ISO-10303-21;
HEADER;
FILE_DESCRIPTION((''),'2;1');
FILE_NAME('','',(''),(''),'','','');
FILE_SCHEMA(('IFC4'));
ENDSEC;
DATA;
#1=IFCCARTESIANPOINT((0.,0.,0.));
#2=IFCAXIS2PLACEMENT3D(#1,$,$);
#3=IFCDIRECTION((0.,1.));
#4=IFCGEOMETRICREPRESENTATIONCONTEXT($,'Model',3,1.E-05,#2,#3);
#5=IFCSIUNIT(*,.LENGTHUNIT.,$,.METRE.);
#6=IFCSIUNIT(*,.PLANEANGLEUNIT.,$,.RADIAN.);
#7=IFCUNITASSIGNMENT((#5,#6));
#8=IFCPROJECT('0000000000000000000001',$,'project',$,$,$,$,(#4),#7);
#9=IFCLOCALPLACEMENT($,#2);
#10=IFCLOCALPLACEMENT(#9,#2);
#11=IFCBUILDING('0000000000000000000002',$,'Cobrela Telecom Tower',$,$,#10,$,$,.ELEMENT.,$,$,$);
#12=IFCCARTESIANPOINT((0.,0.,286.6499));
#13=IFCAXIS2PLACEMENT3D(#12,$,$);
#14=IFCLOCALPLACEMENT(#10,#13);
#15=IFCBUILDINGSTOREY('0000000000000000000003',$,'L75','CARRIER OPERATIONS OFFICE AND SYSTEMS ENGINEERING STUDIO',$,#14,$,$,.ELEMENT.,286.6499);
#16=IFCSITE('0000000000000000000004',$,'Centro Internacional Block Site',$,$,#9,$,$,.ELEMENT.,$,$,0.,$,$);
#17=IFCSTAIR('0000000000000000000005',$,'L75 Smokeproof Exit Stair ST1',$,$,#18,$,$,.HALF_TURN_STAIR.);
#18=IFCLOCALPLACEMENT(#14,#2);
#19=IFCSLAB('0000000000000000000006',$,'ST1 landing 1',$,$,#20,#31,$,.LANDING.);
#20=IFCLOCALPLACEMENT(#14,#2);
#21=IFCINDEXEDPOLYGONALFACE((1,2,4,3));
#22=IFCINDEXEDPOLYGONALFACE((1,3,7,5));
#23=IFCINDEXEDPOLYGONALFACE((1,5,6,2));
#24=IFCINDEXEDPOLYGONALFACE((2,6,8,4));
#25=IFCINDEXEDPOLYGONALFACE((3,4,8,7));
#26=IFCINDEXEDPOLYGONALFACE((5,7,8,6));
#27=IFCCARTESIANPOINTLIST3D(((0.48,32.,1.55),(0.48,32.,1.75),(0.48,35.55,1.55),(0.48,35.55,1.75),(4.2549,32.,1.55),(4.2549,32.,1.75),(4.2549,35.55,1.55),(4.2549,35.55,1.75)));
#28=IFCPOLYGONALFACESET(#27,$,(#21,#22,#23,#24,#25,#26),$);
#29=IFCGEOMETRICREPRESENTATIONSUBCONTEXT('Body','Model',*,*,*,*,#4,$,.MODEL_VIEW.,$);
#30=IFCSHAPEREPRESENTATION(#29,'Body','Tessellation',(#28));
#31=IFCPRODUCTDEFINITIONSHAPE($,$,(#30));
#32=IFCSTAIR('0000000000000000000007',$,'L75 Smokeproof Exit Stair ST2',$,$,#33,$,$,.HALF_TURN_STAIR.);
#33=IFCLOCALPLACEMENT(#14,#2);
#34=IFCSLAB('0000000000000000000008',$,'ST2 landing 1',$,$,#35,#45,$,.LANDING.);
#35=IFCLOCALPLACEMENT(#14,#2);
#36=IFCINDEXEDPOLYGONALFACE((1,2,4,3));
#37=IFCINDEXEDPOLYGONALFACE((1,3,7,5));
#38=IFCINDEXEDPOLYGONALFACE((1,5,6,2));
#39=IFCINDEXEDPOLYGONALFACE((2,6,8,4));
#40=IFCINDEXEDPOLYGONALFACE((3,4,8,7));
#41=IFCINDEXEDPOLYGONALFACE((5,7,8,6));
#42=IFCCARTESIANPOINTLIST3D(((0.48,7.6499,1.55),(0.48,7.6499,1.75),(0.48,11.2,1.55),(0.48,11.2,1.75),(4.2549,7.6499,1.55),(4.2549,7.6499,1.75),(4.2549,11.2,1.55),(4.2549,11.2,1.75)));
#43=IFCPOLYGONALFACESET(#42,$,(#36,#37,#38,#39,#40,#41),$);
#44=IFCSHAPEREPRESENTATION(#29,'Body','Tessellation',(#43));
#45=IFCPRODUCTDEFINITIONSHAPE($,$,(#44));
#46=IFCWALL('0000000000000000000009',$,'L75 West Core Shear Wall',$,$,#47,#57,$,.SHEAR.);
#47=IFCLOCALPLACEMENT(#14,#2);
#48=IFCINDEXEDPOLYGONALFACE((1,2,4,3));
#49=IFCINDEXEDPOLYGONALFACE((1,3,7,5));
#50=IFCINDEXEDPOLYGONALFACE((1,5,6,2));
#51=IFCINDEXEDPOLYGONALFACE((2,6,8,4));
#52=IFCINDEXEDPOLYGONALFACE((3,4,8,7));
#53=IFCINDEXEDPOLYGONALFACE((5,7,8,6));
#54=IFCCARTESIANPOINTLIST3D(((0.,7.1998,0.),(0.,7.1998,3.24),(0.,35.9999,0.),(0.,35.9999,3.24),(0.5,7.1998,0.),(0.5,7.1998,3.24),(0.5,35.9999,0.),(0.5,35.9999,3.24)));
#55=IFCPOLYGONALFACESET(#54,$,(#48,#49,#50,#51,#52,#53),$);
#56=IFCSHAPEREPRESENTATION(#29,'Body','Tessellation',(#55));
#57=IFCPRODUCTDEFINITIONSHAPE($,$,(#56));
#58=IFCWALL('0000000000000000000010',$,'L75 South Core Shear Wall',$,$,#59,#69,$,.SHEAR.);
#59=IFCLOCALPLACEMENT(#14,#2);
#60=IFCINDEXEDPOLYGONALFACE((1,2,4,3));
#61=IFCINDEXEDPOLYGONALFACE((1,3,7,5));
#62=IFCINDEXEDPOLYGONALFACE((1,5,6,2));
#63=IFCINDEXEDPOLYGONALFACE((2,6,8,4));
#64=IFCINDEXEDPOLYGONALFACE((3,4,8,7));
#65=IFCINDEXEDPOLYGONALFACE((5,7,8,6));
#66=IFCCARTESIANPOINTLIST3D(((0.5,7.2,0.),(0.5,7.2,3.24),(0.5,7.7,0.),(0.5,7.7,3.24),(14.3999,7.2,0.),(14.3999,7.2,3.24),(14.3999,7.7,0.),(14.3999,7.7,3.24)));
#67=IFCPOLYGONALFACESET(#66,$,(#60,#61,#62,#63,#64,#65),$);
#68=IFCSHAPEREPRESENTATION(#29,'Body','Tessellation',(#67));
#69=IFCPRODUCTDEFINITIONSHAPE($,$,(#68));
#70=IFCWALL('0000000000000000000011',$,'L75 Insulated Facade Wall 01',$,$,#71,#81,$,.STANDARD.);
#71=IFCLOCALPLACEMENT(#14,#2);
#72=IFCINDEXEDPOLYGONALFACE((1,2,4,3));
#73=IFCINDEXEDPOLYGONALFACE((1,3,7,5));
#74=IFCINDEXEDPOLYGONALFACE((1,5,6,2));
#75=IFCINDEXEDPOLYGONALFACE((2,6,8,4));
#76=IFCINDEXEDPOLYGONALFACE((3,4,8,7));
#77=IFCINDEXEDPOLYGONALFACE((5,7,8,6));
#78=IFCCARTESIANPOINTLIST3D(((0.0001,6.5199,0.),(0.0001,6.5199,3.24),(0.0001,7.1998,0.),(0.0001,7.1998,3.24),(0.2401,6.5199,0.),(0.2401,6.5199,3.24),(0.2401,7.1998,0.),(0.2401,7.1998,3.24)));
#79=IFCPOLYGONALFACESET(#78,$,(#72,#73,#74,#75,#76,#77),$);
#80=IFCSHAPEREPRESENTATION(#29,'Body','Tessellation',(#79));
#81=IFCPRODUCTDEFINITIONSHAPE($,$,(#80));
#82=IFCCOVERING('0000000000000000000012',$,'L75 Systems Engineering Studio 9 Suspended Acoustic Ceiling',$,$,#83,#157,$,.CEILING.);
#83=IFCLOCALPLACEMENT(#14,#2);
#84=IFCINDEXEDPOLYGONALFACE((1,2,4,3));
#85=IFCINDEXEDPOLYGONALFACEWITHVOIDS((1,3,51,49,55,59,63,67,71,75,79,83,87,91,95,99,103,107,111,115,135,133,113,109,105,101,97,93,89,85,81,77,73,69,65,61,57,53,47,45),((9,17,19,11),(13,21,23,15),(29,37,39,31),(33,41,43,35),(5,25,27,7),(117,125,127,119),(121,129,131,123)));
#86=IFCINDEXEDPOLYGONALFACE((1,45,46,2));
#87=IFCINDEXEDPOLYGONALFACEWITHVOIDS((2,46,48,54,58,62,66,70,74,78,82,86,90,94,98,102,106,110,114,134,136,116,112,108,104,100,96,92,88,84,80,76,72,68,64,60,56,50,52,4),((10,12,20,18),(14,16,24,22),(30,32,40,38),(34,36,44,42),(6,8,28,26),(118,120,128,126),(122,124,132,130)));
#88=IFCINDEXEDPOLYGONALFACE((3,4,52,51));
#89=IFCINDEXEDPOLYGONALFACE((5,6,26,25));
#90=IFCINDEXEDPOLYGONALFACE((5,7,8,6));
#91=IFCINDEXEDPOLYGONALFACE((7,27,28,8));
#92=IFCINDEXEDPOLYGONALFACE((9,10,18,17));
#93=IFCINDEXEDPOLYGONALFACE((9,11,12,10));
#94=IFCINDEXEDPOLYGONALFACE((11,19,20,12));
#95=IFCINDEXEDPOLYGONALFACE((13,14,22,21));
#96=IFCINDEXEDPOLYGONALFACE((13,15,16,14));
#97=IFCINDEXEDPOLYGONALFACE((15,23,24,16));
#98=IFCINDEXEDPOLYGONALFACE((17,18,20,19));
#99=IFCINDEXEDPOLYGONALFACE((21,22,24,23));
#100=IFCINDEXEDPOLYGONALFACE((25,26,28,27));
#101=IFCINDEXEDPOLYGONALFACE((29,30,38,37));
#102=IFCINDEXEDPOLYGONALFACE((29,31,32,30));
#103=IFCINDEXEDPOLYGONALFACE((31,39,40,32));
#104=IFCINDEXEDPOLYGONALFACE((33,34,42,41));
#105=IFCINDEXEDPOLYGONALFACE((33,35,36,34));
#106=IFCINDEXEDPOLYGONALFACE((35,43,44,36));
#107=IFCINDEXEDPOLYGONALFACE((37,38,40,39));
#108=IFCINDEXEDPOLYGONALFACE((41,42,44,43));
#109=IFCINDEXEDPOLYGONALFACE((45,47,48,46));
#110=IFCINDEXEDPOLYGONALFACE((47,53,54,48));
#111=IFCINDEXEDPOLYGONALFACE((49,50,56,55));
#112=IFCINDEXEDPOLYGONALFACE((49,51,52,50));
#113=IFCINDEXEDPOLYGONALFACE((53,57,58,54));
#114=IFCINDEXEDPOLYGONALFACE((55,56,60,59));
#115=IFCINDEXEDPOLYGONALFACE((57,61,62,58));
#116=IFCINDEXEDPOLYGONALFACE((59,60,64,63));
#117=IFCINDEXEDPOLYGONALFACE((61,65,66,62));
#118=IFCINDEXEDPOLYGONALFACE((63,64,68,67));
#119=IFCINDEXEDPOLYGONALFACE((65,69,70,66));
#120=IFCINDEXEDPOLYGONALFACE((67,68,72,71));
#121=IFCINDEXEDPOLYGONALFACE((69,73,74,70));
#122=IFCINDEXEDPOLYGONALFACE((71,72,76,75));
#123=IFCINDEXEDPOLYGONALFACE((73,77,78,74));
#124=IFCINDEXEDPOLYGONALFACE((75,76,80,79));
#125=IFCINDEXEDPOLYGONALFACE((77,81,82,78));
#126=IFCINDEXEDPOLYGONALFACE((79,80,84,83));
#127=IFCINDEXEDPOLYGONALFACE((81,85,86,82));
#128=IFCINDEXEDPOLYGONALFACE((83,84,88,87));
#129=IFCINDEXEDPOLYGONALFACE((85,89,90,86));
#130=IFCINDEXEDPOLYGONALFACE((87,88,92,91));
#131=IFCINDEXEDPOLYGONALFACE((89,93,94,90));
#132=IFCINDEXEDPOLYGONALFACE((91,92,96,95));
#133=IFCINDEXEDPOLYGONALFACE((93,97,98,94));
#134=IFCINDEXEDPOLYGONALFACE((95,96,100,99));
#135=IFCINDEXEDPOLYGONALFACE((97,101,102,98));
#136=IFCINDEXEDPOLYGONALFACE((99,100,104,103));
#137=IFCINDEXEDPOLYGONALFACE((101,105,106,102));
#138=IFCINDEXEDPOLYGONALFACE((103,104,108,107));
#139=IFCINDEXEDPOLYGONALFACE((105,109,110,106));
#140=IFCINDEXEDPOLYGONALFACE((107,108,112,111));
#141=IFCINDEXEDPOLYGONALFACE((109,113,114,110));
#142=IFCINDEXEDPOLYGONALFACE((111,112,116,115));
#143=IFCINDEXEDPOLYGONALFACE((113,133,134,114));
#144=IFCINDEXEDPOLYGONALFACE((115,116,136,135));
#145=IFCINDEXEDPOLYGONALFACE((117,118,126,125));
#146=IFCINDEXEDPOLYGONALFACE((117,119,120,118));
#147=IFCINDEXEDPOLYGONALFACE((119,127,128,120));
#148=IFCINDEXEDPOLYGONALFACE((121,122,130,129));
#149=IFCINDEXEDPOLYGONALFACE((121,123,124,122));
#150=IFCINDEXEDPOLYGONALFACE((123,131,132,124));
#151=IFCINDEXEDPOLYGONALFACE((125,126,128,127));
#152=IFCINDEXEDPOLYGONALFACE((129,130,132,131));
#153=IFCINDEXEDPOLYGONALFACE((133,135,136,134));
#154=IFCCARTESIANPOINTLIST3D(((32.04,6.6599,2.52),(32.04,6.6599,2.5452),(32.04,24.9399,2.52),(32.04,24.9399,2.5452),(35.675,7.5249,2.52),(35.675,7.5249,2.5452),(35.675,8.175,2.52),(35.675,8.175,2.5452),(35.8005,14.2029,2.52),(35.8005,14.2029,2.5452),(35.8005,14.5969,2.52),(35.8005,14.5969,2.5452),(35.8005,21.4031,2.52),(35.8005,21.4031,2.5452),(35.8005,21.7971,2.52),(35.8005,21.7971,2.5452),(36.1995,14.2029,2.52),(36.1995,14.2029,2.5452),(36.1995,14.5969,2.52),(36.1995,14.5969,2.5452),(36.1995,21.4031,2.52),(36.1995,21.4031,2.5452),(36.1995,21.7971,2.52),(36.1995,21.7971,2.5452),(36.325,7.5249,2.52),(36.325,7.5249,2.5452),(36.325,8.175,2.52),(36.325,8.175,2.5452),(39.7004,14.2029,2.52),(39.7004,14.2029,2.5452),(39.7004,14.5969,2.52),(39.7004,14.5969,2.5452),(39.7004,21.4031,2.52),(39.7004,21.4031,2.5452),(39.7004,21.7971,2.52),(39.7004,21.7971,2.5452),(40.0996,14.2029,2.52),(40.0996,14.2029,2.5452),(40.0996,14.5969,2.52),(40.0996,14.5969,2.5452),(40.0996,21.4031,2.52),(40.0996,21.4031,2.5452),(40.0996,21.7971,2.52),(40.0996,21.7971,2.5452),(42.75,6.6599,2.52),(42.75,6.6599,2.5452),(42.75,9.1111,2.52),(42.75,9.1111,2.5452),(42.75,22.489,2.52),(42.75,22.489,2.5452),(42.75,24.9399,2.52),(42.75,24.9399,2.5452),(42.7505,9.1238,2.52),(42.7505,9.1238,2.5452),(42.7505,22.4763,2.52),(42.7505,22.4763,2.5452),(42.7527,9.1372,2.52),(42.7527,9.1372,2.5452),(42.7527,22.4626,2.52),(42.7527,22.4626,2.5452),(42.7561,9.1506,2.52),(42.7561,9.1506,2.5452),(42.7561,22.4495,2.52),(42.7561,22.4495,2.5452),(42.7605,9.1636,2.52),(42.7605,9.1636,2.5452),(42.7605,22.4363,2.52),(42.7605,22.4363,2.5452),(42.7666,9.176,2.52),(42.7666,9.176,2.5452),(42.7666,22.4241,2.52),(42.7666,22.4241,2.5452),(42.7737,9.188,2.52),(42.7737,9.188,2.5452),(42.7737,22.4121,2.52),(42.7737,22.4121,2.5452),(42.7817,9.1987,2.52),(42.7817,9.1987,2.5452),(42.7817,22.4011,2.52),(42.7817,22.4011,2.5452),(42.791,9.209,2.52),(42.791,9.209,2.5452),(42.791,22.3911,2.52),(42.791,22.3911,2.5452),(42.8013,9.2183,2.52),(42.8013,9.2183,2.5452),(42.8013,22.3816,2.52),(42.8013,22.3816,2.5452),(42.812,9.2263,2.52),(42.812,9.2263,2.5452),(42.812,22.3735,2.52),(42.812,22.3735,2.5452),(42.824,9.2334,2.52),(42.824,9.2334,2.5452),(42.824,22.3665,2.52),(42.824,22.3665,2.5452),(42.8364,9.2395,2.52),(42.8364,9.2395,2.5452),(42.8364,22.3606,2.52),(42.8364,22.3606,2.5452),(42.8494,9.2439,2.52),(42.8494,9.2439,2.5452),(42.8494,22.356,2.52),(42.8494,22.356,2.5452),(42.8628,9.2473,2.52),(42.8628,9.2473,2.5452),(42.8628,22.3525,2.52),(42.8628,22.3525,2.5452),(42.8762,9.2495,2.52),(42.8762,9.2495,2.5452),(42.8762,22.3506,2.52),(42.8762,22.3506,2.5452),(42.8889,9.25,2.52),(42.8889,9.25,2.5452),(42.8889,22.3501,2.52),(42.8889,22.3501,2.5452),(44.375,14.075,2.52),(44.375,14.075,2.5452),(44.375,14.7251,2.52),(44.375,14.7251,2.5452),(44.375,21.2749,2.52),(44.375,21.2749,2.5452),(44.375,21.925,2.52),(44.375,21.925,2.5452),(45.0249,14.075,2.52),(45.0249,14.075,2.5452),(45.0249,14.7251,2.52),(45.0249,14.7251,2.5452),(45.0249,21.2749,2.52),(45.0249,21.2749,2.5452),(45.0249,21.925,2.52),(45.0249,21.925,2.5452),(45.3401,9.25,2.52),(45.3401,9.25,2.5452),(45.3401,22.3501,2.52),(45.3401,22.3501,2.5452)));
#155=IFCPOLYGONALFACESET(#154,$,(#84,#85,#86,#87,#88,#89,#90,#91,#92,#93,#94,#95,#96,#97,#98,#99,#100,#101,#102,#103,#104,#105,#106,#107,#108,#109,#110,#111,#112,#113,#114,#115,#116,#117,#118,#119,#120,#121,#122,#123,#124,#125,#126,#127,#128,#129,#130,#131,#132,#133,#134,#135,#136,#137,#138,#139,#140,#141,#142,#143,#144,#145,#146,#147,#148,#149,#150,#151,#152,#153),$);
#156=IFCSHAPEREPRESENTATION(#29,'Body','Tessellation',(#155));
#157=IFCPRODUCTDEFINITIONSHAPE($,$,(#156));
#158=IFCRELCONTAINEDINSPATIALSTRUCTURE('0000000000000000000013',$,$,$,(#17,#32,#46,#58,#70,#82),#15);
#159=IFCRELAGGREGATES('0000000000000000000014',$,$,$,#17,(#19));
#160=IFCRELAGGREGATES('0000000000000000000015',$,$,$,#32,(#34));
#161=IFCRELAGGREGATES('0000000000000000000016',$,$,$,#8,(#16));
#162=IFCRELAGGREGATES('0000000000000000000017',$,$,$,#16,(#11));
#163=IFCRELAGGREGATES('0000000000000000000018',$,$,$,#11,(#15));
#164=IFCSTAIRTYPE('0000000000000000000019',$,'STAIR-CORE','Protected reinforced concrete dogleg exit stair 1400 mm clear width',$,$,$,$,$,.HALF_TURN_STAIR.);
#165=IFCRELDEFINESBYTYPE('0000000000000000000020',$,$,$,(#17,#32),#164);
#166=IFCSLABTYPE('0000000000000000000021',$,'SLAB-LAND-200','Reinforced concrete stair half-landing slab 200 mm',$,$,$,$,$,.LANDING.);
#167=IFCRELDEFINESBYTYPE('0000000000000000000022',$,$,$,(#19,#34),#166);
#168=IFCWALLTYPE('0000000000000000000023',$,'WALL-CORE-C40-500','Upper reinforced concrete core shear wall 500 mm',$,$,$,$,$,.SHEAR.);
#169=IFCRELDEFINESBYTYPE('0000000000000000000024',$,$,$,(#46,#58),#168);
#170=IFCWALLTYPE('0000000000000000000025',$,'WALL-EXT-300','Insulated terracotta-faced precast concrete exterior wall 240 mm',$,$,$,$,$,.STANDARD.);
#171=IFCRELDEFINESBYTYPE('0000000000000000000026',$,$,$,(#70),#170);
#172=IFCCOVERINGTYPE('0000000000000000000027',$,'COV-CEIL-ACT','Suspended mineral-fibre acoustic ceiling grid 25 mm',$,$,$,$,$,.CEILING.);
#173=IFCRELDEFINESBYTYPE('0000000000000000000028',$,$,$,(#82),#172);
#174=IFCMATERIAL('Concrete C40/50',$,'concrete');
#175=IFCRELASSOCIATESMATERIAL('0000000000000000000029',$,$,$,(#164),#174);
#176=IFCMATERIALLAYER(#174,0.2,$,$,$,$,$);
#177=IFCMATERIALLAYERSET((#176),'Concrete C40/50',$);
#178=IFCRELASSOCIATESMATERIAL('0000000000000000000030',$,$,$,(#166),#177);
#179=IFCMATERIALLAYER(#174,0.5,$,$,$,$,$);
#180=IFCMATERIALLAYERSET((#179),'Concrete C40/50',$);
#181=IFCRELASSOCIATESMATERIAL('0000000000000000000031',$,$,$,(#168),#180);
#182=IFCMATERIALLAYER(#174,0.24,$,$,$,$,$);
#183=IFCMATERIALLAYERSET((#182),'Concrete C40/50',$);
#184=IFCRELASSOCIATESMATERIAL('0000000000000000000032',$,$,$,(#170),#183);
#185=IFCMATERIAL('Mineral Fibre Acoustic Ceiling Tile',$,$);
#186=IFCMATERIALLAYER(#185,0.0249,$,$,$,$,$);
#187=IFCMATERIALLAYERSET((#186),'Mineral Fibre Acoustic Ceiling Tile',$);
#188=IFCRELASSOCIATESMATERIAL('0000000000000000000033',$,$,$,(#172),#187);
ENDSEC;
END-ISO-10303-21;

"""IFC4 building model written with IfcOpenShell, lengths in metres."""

from ifc_helpers import new_model, si_unit, direction, frame, frame_2d, origin, place, context, subcontext, project, spatial, polyline, rectangle, outline, extrude, material, layer, layer_set, type_object, element, aggregate, save


model = new_model("IFC4")

# Units and contexts
model_context = context("Model", 3, precision=1e-05, world=origin(), true_north=direction((0.0, 1.0)))
body_context = subcontext(model_context, "Body", "Model", "MODEL_VIEW")
ifc_project = project(units=[si_unit("LENGTHUNIT", "METRE"), si_unit("PLANEANGLEUNIT", "RADIAN")], contexts=[model_context])

# Site, building, storey
site_placement = place(None, origin())
site = spatial("IfcSite", under=ifc_project, at=site_placement, Name="Centro Internacional Block Site", CompositionType="ELEMENT", RefElevation=0.0)
building_placement = place(site_placement, origin())
building = spatial("IfcBuilding", under=site, at=building_placement, Name="Cobrela Telecom Tower", CompositionType="ELEMENT")
storey_placement = place(building_placement, frame((0.0, 0.0, 286.6499)))
storey = spatial("IfcBuildingStorey", under=building, at=storey_placement, Name="L75", Description="CARRIER OPERATIONS OFFICE AND SYSTEMS ENGINEERING STUDIO", CompositionType="ELEMENT", Elevation=286.6499)

# Shared definitions
ifc_material_1 = material(Name="Concrete C40/50", Category="concrete")

# Stairs, slabs
stair_type = type_object("IfcStairType", Name="STAIR-CORE", Description="Protected reinforced concrete dogleg exit stair 1400 mm clear width", PredefinedType="HALF_TURN_STAIR", material=ifc_material_1)
stair_1_placement = place(storey_placement, origin())
stair_1 = element("IfcStair", 1, at=stair_1_placement, inside=storey, type_object=stair_type, Name="L75 Smokeproof Exit Stair ST1", PredefinedType="HALF_TURN_STAIR")
ifc_layer_1 = layer(ifc_material_1, 0.2)
ifc_layer_set_1 = layer_set([ifc_layer_1], Name="Concrete C40/50")
slab_type_1 = type_object("IfcSlabType", Name="SLAB-LAND-200", Description="Reinforced concrete stair half-landing slab 200 mm", PredefinedType="LANDING", material=ifc_layer_set_1)
slab_1_placement = place(storey_placement, frame((0.0, 0.0, 1.55)))
slab_1 = element("IfcSlab", 2, at=slab_1_placement, type_object=slab_type_1, Name="ST1 landing 1", PredefinedType="LANDING", context=body_context, shape_type="SweptSolid", body=[
    extrude(outline(polyline([(4.2549, 35.55), (0.48, 35.55), (0.48, 32.0), (4.2549, 32.0), (4.2549, 35.55)])), origin(), (0.0, 0.0, 1.0), 0.2),
])
aggregate(stair_1, [slab_1])
stair_2_placement = place(storey_placement, origin())
stair_2 = element("IfcStair", 3, at=stair_2_placement, inside=storey, type_object=stair_type, Name="L75 Smokeproof Exit Stair ST2", PredefinedType="HALF_TURN_STAIR")
slab_2_placement = place(storey_placement, frame((0.0, 0.0, 1.55)))
slab_2 = element("IfcSlab", 4, at=slab_2_placement, type_object=slab_type_1, Name="ST2 landing 1", PredefinedType="LANDING", context=body_context, shape_type="SweptSolid", body=[
    extrude(outline(polyline([(4.2549, 11.2), (0.48, 11.2), (0.48, 7.6499), (4.2549, 7.6499), (4.2549, 11.2)])), origin(), (0.0, 0.0, 1.0), 0.2),
])
aggregate(stair_2, [slab_2])

# Walls
ifc_layer_2 = layer(ifc_material_1, 0.5)
ifc_layer_set_2 = layer_set([ifc_layer_2], Name="Concrete C40/50")
wall_type_1 = type_object("IfcWallType", Name="WALL-CORE-C40-500", Description="Upper reinforced concrete core shear wall 500 mm", PredefinedType="SHEAR", material=ifc_layer_set_2)
wall_1_placement = place(storey_placement, frame((0.25, 7.2, 0.0), z_axis=(0.0, 0.0, 1.0), x_axis=(0.0, 1.0, 0.0)))
element("IfcWall", 5, at=wall_1_placement, inside=storey, type_object=wall_type_1, Name="L75 West Core Shear Wall", PredefinedType="SHEAR", context=body_context, shape_type="SweptSolid", body=[
    extrude(rectangle(XDim=28.8, YDim=0.5, at=frame_2d((14.3999, 0.0))), origin(), (0.0, 0.0, 1.0), 3.24),
])
wall_2_placement = place(storey_placement, frame((0.5, 7.45, 0.0), z_axis=(0.0, 0.0, 1.0), x_axis=(1.0, 0.0, 0.0)))
element("IfcWall", 6, at=wall_2_placement, inside=storey, type_object=wall_type_1, Name="L75 South Core Shear Wall", PredefinedType="SHEAR", context=body_context, shape_type="SweptSolid", body=[
    extrude(rectangle(XDim=13.8999, YDim=0.5, at=frame_2d((6.95, 0.0))), origin(), (0.0, 0.0, 1.0), 3.24),
])
ifc_layer_3 = layer(ifc_material_1, 0.24)
ifc_layer_set_3 = layer_set([ifc_layer_3], Name="Concrete C40/50")
wall_type_2 = type_object("IfcWallType", Name="WALL-EXT-300", Description="Insulated terracotta-faced precast concrete exterior wall 240 mm", PredefinedType="STANDARD", material=ifc_layer_set_3)
wall_3_placement = place(storey_placement, frame((0.1201, 6.52, 0.0), z_axis=(0.0, 0.0, 1.0), x_axis=(0.0, 1.0, 0.0)))
element("IfcWall", 7, at=wall_3_placement, inside=storey, type_object=wall_type_2, Name="L75 Insulated Facade Wall 01", PredefinedType="STANDARD", context=body_context, shape_type="SweptSolid", body=[
    extrude(rectangle(XDim=0.6799, YDim=0.24, at=frame_2d((0.3398, 0.0))), origin(), (0.0, 0.0, 1.0), 3.24),
])

# Covering
ifc_material_2 = material(Name="Mineral Fibre Acoustic Ceiling Tile")
ifc_layer_4 = layer(ifc_material_2, 0.0249)
ifc_layer_set_4 = layer_set([ifc_layer_4], Name="Mineral Fibre Acoustic Ceiling Tile")
covering_type_1 = type_object("IfcCoveringType", Name="COV-CEIL-ACT", Description="Suspended mineral-fibre acoustic ceiling grid 25 mm", PredefinedType="CEILING", material=ifc_layer_set_4)
covering_1_placement = place(storey_placement, frame((0.0, 0.0, 2.52)))
element("IfcCovering", 8, at=covering_1_placement, inside=storey, type_object=covering_type_1, Name="L75 Systems Engineering Studio 9 Suspended Acoustic Ceiling", PredefinedType="CEILING", context=body_context, shape_type="SweptSolid", body=[
    extrude(outline(polyline([(42.8628, 9.2473), (42.8494, 9.2439), (42.8364, 9.2395), (42.824, 9.2334), (42.812, 9.2263), (42.8013, 9.2183), (42.791, 9.209), (42.7817, 9.1987), (42.7737, 9.188), (42.7666, 9.176), (42.7605, 9.1636), (42.7561, 9.1506), (42.7527, 9.1372), (42.7505, 9.1238), (42.75, 9.1111), (42.75, 6.6599), (32.04, 6.6599), (32.04, 24.9399), (42.75, 24.9399), (42.75, 22.489), (42.7505, 22.4763), (42.7527, 22.4626), (42.7561, 22.4495), (42.7605, 22.4363), (42.7666, 22.4241), (42.7737, 22.4121), (42.7817, 22.4011), (42.791, 22.3911), (42.8013, 22.3816), (42.812, 22.3735), (42.824, 22.3665), (42.8364, 22.3606), (42.8494, 22.356), (42.8628, 22.3525), (42.8762, 22.3506), (42.8889, 22.3501), (45.3401, 22.3501), (45.3401, 9.25), (42.8889, 9.25), (42.8762, 9.2495), (42.8628, 9.2473)]), holes=[polyline([(36.325, 8.175), (35.675, 8.175), (35.675, 7.5249), (36.325, 7.5249), (36.325, 8.175)]), polyline([(36.1995, 14.5969), (35.8005, 14.5969), (35.8005, 14.2029), (36.1995, 14.2029), (36.1995, 14.5969)]), polyline([(40.0996, 14.5969), (39.7004, 14.5969), (39.7004, 14.2029), (40.0996, 14.2029), (40.0996, 14.5969)]), polyline([(45.0249, 14.7251), (44.375, 14.7251), (44.375, 14.075), (45.0249, 14.075), (45.0249, 14.7251)]), polyline([(36.1995, 21.7971), (35.8005, 21.7971), (35.8005, 21.4031), (36.1995, 21.4031), (36.1995, 21.7971)]), polyline([(40.0996, 21.4031), (40.0996, 21.7971), (39.7004, 21.7971), (39.7004, 21.4031), (40.0996, 21.4031)]), polyline([(45.0249, 21.2749), (45.0249, 21.925), (44.375, 21.925), (44.375, 21.2749), (45.0249, 21.2749)])]), origin(), (0.0, 0.0, 1.0), 0.0251),
])

save(model, "model.ifc")
